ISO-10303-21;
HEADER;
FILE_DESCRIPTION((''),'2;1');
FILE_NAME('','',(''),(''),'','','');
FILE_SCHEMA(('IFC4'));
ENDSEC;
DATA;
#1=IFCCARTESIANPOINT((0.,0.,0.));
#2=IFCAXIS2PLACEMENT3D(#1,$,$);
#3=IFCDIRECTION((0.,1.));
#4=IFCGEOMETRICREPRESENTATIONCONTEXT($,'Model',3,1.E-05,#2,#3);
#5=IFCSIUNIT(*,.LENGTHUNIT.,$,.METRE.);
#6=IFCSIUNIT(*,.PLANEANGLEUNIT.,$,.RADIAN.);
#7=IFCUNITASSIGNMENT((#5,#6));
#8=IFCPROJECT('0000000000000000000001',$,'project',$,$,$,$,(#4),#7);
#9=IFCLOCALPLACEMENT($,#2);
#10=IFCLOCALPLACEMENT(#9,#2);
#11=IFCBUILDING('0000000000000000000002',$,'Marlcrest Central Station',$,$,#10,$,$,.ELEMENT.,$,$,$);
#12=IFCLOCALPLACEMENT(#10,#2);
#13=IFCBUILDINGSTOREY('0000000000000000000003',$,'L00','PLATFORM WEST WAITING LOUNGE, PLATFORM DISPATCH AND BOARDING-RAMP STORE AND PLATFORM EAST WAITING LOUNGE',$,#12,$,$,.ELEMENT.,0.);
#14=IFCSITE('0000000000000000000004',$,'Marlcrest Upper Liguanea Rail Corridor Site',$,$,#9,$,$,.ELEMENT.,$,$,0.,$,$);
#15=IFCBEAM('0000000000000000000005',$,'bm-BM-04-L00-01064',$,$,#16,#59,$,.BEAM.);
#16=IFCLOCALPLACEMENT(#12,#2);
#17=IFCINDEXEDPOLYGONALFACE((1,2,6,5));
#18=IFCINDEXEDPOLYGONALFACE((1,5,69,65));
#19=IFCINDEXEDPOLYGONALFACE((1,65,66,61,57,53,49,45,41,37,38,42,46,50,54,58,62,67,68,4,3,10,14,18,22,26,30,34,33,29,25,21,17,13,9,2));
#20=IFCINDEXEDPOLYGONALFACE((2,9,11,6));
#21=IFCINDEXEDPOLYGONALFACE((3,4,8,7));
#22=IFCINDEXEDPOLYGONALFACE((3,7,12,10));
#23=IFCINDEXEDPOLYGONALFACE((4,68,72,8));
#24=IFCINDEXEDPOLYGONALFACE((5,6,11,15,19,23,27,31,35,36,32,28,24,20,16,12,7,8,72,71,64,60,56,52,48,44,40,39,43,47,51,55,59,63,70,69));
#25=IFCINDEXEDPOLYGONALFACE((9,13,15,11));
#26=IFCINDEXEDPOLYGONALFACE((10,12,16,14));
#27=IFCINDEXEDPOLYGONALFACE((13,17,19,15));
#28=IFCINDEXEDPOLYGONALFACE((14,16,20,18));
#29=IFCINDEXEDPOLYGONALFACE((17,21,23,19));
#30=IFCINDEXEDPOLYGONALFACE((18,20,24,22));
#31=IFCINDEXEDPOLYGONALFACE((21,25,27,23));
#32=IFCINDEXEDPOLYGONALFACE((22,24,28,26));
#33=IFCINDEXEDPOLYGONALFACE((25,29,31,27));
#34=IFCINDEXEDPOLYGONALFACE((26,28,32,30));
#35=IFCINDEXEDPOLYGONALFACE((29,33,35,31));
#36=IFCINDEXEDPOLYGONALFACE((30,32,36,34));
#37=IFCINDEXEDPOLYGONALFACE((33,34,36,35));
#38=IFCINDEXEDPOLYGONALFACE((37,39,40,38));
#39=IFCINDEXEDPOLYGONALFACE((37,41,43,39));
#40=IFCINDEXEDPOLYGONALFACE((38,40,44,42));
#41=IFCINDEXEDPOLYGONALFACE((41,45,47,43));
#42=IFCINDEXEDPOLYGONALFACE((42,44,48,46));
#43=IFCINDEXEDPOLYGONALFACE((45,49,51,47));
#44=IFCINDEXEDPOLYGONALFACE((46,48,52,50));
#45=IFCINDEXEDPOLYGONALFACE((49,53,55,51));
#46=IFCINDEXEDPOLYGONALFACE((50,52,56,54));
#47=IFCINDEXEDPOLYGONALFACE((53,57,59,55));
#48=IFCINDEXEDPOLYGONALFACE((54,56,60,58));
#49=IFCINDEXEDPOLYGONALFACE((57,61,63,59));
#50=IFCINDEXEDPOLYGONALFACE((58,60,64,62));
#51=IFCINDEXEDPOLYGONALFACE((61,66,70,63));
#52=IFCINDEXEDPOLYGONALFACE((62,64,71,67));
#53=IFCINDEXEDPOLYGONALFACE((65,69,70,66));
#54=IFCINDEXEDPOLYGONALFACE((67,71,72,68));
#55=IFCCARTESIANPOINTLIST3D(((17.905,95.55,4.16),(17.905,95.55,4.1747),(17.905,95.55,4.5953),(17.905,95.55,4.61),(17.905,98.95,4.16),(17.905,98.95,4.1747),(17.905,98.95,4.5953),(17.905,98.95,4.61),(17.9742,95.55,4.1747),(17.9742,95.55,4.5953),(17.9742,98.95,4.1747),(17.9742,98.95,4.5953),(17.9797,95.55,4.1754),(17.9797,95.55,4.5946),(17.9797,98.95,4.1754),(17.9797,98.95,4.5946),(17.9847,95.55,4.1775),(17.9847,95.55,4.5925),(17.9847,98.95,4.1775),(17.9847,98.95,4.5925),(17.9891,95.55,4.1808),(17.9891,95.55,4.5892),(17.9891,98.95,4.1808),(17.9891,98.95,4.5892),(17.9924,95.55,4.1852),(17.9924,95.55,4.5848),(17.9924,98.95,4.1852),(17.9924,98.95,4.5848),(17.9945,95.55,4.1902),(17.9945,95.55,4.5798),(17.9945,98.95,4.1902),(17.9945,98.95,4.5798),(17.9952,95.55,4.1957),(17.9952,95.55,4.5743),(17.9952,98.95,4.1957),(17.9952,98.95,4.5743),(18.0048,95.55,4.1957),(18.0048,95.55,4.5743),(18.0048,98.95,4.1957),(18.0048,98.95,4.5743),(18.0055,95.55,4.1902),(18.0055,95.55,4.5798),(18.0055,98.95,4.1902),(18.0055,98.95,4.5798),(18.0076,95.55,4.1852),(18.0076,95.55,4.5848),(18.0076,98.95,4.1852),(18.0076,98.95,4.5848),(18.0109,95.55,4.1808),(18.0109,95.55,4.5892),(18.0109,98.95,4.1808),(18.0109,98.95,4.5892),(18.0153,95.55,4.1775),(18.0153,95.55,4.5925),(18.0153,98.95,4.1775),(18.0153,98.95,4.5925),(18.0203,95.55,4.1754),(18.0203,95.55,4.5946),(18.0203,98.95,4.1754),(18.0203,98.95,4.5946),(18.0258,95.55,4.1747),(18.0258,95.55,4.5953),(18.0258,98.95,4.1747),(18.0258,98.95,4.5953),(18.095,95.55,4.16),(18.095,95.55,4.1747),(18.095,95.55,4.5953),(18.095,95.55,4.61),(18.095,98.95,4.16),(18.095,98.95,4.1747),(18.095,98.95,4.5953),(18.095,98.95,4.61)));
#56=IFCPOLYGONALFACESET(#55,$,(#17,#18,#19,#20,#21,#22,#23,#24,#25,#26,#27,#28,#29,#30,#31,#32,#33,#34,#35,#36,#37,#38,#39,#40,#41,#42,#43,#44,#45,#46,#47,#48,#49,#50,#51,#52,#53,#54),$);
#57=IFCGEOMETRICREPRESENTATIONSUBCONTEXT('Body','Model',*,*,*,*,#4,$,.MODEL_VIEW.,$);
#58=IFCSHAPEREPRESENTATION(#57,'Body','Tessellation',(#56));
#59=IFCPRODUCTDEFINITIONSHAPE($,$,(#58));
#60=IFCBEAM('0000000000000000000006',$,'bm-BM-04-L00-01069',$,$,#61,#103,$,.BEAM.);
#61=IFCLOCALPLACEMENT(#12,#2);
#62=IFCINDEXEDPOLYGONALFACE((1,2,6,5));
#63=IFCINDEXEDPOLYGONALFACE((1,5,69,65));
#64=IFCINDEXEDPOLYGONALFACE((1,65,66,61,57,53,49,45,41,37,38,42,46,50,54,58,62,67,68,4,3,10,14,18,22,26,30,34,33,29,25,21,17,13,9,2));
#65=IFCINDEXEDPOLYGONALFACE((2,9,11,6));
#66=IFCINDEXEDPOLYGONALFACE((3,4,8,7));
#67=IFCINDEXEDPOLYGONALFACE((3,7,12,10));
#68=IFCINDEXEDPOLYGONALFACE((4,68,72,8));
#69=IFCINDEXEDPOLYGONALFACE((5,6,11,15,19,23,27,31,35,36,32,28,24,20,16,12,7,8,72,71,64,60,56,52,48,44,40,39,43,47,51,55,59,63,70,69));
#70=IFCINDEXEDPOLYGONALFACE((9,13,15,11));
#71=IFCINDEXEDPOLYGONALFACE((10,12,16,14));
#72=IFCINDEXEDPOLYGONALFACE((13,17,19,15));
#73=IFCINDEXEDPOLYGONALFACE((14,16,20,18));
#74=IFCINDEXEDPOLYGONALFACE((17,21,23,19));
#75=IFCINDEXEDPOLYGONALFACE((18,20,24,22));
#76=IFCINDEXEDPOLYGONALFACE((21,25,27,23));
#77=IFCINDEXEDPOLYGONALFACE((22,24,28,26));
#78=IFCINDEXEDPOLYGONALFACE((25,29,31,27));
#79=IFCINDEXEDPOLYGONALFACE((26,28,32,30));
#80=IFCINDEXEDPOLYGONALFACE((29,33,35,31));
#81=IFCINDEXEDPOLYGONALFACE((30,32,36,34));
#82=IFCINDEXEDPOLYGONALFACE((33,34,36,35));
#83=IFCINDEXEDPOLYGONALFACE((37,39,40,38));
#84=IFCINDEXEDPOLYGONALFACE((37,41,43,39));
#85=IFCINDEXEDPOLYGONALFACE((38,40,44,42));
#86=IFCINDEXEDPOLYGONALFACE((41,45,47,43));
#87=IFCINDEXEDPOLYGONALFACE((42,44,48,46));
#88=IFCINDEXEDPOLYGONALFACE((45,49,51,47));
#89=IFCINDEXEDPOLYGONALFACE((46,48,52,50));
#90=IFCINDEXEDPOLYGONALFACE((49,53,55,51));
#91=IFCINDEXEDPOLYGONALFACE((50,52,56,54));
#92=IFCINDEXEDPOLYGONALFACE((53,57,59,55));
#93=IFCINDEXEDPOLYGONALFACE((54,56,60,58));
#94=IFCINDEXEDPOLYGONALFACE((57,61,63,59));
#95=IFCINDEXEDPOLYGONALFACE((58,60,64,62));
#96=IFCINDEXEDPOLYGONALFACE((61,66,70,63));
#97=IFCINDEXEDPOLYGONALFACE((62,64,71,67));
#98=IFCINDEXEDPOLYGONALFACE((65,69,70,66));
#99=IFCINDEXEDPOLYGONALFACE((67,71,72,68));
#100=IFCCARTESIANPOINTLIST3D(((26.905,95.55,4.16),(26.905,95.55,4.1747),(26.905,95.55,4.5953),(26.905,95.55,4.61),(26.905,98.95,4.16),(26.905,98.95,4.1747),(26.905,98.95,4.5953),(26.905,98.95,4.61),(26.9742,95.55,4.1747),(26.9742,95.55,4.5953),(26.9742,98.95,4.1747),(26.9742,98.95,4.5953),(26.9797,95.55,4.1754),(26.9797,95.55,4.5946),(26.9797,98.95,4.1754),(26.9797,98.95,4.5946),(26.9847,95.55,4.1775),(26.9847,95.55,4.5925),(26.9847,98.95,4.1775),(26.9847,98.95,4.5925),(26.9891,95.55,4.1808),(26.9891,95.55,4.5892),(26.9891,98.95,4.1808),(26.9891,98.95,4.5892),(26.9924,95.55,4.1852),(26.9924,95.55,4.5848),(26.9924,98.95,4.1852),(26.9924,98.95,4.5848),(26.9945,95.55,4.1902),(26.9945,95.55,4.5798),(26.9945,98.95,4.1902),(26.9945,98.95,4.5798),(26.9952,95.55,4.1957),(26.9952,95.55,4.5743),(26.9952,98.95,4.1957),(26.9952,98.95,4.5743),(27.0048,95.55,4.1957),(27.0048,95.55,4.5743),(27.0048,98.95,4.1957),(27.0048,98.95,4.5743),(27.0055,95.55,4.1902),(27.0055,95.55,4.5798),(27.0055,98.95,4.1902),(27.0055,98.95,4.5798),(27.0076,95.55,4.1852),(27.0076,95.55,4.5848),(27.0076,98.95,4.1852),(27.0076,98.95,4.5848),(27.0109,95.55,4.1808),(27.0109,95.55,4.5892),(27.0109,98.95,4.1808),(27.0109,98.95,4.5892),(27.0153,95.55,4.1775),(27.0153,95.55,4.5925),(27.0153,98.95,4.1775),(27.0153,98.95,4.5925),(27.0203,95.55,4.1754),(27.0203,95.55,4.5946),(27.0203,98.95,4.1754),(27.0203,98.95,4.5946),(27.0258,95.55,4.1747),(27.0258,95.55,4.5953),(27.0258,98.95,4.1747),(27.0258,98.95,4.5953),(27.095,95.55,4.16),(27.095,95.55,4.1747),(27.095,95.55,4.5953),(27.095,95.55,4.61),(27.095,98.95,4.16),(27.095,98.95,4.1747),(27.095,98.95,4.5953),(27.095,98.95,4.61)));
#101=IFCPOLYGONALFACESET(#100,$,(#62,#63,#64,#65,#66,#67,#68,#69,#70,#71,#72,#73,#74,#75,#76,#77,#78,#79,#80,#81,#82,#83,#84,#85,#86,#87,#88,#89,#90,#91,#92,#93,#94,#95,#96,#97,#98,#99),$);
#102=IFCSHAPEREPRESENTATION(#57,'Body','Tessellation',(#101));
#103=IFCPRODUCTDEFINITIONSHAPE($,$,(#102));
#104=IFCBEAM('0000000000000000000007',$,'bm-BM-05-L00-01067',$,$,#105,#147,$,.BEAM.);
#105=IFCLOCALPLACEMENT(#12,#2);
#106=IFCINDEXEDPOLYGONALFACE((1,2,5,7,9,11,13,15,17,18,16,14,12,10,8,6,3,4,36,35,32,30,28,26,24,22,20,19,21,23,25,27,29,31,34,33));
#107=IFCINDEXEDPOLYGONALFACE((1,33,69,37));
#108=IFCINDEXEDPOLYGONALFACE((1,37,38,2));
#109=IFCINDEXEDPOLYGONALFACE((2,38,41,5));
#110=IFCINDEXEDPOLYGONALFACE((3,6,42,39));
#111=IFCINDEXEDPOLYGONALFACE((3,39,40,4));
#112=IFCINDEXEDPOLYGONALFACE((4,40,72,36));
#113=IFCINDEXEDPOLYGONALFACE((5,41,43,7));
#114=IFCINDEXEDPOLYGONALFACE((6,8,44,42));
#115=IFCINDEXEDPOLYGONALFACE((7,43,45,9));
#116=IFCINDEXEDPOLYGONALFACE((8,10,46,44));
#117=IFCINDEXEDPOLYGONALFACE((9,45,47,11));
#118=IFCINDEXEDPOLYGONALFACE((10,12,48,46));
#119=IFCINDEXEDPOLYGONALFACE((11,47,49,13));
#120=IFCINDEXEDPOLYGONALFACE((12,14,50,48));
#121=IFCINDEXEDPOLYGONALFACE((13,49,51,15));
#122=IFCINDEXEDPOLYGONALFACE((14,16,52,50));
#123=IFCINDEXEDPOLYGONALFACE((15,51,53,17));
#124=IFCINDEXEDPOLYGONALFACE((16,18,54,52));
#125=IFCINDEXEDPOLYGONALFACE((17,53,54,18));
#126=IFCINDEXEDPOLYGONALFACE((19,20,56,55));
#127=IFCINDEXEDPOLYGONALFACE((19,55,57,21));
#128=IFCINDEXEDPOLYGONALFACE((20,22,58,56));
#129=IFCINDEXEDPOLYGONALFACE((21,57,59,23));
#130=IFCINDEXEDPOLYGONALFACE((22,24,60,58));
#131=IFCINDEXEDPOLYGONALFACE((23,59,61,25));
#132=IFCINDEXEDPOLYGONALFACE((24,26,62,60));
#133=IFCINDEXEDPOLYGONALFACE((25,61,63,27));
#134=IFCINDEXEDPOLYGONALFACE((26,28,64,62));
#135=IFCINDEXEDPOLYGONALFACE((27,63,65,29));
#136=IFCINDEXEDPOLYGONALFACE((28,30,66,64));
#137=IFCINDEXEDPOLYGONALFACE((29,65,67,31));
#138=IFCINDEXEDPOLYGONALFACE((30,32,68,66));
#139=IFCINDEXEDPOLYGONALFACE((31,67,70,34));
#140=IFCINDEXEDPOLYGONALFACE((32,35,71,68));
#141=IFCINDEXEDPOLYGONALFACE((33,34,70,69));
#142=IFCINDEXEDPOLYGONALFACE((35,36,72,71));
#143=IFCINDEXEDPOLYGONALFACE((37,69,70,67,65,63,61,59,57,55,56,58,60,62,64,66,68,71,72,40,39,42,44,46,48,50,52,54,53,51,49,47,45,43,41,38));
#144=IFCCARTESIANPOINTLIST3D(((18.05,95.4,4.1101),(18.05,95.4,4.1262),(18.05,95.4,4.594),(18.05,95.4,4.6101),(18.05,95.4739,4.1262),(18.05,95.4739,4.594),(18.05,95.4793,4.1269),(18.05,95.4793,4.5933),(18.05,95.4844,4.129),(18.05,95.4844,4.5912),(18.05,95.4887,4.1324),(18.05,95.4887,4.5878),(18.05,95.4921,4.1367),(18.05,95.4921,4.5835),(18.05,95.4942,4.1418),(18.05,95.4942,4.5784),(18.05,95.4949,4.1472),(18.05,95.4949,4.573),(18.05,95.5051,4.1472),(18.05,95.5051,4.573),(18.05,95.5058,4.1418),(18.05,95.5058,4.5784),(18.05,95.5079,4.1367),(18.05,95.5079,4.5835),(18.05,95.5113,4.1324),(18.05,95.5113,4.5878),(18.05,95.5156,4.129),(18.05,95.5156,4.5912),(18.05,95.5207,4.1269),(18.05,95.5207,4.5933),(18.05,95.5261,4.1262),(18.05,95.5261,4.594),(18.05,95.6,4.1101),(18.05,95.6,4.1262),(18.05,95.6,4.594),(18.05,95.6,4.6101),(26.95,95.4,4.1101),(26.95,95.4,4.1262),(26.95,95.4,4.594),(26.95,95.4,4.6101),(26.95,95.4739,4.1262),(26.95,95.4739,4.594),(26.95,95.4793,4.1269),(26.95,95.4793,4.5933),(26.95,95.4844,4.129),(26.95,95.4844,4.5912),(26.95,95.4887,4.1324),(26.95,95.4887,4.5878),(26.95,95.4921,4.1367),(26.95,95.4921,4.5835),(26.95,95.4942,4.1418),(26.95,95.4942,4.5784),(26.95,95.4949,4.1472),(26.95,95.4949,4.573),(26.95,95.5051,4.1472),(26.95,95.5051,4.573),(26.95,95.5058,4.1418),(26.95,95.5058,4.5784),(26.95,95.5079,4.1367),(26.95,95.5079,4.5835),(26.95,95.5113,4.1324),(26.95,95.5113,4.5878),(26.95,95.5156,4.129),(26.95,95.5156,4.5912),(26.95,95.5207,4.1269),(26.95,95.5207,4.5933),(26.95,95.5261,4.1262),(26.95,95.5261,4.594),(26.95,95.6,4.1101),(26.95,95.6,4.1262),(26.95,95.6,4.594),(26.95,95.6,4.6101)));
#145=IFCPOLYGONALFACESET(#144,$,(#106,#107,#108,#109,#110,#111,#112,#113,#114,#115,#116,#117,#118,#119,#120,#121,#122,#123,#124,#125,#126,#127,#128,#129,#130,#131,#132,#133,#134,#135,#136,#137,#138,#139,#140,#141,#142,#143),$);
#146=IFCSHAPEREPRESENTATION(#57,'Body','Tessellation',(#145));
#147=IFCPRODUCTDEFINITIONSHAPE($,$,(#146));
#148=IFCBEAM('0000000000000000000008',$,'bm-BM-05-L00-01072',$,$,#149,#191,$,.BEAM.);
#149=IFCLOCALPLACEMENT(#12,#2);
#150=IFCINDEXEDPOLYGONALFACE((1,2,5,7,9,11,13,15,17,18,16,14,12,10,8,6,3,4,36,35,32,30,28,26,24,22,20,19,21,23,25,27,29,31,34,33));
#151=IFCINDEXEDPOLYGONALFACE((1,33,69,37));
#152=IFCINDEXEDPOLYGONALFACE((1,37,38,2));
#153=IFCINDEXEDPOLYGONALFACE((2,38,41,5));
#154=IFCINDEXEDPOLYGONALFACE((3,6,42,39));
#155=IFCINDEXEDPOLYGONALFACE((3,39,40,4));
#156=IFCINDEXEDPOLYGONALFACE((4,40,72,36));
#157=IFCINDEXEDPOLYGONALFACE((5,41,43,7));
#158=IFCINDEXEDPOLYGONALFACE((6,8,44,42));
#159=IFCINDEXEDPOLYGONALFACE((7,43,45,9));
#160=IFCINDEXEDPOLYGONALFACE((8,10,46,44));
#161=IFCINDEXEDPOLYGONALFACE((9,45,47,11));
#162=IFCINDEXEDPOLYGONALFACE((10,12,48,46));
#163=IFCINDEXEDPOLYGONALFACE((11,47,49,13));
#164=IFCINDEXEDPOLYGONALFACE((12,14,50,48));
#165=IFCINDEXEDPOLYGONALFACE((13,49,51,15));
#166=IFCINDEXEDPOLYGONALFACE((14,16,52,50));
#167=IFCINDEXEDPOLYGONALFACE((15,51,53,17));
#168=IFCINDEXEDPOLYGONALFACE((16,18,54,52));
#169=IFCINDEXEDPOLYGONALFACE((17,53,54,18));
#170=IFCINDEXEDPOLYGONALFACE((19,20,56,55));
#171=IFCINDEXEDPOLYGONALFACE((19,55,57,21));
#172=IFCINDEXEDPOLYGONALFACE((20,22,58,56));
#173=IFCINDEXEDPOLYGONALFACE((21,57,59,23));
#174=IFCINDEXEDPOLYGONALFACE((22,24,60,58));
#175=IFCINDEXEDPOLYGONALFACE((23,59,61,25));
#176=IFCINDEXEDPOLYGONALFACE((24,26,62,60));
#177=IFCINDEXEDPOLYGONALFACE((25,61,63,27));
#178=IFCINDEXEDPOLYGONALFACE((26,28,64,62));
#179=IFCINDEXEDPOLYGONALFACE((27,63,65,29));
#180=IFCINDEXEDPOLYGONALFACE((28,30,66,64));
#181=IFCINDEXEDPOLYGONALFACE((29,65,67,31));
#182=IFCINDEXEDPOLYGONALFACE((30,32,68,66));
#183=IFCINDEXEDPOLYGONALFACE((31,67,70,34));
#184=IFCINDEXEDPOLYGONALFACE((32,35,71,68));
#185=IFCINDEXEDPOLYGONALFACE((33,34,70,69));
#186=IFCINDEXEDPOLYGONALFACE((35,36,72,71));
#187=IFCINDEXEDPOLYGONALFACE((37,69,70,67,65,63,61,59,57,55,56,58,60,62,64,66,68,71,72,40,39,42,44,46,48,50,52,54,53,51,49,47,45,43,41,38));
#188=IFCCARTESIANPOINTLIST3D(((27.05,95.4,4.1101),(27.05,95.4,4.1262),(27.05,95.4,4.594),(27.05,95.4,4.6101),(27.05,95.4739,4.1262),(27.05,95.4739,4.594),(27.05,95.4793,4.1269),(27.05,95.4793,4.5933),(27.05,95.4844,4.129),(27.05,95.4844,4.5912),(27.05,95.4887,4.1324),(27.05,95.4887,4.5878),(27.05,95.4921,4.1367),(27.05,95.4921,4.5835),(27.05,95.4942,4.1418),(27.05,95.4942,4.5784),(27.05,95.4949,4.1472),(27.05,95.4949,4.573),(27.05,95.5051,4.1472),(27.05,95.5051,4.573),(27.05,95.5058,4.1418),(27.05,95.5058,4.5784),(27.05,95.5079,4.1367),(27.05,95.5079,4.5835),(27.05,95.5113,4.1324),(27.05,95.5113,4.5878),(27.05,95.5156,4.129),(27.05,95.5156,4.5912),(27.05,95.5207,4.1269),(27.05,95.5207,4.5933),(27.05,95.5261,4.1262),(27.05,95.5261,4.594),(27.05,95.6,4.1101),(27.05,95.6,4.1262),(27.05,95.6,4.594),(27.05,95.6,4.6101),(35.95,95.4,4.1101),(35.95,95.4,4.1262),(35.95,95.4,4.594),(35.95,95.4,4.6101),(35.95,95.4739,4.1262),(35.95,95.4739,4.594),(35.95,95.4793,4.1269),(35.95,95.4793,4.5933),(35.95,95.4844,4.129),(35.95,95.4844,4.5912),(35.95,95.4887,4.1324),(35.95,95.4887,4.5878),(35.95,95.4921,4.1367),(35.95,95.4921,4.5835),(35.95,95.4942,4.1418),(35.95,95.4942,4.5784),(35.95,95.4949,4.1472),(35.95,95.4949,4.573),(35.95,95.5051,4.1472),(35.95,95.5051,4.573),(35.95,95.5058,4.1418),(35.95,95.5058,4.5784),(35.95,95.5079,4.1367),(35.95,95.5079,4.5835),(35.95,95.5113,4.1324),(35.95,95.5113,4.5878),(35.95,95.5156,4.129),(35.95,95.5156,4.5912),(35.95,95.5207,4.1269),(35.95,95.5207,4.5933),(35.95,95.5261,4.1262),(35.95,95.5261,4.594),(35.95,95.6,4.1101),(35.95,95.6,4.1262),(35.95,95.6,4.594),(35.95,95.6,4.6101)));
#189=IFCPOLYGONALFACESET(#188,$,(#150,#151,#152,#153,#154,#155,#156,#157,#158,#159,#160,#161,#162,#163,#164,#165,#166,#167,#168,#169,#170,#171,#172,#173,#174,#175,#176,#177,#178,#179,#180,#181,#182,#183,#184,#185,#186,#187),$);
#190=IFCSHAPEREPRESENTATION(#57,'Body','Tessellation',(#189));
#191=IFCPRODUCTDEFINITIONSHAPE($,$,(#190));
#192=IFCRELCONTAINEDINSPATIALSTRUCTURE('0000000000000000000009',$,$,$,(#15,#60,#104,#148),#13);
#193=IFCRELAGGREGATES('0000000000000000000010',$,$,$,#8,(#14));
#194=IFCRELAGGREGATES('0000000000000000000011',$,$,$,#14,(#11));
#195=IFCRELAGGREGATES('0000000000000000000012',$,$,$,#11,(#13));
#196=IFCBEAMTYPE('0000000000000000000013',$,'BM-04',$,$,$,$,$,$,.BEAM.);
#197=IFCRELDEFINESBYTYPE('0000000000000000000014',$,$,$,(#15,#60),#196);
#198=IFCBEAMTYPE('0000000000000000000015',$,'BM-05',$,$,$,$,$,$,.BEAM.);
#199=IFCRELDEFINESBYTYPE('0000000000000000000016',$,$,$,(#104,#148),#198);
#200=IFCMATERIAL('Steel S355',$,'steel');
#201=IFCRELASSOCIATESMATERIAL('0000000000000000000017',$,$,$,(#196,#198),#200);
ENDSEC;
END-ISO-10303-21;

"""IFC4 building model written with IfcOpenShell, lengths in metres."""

from ifc_helpers import new_model, si_unit, direction, frame, origin, origin_2d, place, context, subcontext, project, spatial, i_section, extrude, material, material_profile, profile_set, type_object, element, save


model = new_model("IFC4")

# Units and contexts
model_context = context("Model", 3, precision=1e-05, world=origin(), true_north=direction((0.0, 1.0)))
body_context = subcontext(model_context, "Body", "Model", "MODEL_VIEW")
ifc_project = project(units=[si_unit("LENGTHUNIT", "METRE"), si_unit("PLANEANGLEUNIT", "RADIAN")], contexts=[model_context])

# Site, building, storey
site_placement = place(None, origin())
site = spatial("IfcSite", under=ifc_project, at=site_placement, Name="Marlcrest Upper Liguanea Rail Corridor Site", CompositionType="ELEMENT", RefElevation=0.0)
building_placement = place(site_placement, origin())
building = spatial("IfcBuilding", under=site, at=building_placement, Name="Marlcrest Central Station", CompositionType="ELEMENT")
storey_placement = place(building_placement, origin())
storey = spatial("IfcBuildingStorey", under=building, at=storey_placement, Name="L00", Description="PLATFORM WEST WAITING LOUNGE, PLATFORM DISPATCH AND BOARDING-RAMP STORE AND PLATFORM EAST WAITING LOUNGE", CompositionType="ELEMENT", Elevation=0.0)

# Beams
ifc_material_1 = material(Name="Steel S355", Category="steel")
ifc_material_profile_1 = material_profile(ifc_material_1, i_section(OverallWidth=0.1899, OverallDepth=0.45, WebThickness=0.0095, FlangeThickness=0.0146, FilletRadius=0.021, at=origin_2d()), Name="IPE 450")
ifc_profile_set_1 = profile_set([ifc_material_profile_1], Name="Steel S355")
beam_type_1 = type_object("IfcBeamType", Name="BM-04", PredefinedType="BEAM", material=ifc_profile_set_1)
for number, where, z_axis, x_axis, name in (
    (1, (18.0, 95.55, 4.385), (0.0, 1.0, 0.0), (-1.0, 0.0, 0.0), "bm-BM-04-L00-01064"),
    (2, (27.0, 95.55, 4.385), (0.0, 1.0, 0.0), (-1.0, 0.0, 0.0), "bm-BM-04-L00-01069"),
):
    element("IfcBeam", number, at=place(storey_placement, frame(where, z_axis=z_axis, x_axis=x_axis)), inside=storey, type_object=beam_type_1, Name=name, PredefinedType="BEAM", context=body_context, shape_type="SweptSolid", body=[
        extrude(i_section(OverallWidth=0.1899, OverallDepth=0.45, WebThickness=0.0095, FlangeThickness=0.0146, FilletRadius=0.021, at=origin_2d()), origin(), (0.0, 0.0, 1.0), 3.3999),
    ])
ifc_material_profile_2 = material_profile(ifc_material_1, i_section(OverallWidth=0.2, OverallDepth=0.5, WebThickness=0.0103, FlangeThickness=0.0161, FilletRadius=0.021, at=origin_2d()), Name="IPE 500")
ifc_profile_set_2 = profile_set([ifc_material_profile_2], Name="Steel S355")
beam_type_2 = type_object("IfcBeamType", Name="BM-05", PredefinedType="BEAM", material=ifc_profile_set_2)
for number, where, z_axis, x_axis, name in (
    (3, (18.05, 95.5, 4.3601), (1.0, 0.0, 0.0), (0.0, 1.0, 0.0), "bm-BM-05-L00-01067"),
    (4, (27.05, 95.5, 4.3601), (1.0, 0.0, 0.0), (0.0, 1.0, 0.0), "bm-BM-05-L00-01072"),
):
    element("IfcBeam", number, at=place(storey_placement, frame(where, z_axis=z_axis, x_axis=x_axis)), inside=storey, type_object=beam_type_2, Name=name, PredefinedType="BEAM", context=body_context, shape_type="SweptSolid", body=[
        extrude(i_section(OverallWidth=0.2, OverallDepth=0.5, WebThickness=0.0103, FlangeThickness=0.0161, FilletRadius=0.021, at=origin_2d()), origin(), (0.0, 0.0, 1.0), 8.8999),
    ])

save(model, "model.ifc")
